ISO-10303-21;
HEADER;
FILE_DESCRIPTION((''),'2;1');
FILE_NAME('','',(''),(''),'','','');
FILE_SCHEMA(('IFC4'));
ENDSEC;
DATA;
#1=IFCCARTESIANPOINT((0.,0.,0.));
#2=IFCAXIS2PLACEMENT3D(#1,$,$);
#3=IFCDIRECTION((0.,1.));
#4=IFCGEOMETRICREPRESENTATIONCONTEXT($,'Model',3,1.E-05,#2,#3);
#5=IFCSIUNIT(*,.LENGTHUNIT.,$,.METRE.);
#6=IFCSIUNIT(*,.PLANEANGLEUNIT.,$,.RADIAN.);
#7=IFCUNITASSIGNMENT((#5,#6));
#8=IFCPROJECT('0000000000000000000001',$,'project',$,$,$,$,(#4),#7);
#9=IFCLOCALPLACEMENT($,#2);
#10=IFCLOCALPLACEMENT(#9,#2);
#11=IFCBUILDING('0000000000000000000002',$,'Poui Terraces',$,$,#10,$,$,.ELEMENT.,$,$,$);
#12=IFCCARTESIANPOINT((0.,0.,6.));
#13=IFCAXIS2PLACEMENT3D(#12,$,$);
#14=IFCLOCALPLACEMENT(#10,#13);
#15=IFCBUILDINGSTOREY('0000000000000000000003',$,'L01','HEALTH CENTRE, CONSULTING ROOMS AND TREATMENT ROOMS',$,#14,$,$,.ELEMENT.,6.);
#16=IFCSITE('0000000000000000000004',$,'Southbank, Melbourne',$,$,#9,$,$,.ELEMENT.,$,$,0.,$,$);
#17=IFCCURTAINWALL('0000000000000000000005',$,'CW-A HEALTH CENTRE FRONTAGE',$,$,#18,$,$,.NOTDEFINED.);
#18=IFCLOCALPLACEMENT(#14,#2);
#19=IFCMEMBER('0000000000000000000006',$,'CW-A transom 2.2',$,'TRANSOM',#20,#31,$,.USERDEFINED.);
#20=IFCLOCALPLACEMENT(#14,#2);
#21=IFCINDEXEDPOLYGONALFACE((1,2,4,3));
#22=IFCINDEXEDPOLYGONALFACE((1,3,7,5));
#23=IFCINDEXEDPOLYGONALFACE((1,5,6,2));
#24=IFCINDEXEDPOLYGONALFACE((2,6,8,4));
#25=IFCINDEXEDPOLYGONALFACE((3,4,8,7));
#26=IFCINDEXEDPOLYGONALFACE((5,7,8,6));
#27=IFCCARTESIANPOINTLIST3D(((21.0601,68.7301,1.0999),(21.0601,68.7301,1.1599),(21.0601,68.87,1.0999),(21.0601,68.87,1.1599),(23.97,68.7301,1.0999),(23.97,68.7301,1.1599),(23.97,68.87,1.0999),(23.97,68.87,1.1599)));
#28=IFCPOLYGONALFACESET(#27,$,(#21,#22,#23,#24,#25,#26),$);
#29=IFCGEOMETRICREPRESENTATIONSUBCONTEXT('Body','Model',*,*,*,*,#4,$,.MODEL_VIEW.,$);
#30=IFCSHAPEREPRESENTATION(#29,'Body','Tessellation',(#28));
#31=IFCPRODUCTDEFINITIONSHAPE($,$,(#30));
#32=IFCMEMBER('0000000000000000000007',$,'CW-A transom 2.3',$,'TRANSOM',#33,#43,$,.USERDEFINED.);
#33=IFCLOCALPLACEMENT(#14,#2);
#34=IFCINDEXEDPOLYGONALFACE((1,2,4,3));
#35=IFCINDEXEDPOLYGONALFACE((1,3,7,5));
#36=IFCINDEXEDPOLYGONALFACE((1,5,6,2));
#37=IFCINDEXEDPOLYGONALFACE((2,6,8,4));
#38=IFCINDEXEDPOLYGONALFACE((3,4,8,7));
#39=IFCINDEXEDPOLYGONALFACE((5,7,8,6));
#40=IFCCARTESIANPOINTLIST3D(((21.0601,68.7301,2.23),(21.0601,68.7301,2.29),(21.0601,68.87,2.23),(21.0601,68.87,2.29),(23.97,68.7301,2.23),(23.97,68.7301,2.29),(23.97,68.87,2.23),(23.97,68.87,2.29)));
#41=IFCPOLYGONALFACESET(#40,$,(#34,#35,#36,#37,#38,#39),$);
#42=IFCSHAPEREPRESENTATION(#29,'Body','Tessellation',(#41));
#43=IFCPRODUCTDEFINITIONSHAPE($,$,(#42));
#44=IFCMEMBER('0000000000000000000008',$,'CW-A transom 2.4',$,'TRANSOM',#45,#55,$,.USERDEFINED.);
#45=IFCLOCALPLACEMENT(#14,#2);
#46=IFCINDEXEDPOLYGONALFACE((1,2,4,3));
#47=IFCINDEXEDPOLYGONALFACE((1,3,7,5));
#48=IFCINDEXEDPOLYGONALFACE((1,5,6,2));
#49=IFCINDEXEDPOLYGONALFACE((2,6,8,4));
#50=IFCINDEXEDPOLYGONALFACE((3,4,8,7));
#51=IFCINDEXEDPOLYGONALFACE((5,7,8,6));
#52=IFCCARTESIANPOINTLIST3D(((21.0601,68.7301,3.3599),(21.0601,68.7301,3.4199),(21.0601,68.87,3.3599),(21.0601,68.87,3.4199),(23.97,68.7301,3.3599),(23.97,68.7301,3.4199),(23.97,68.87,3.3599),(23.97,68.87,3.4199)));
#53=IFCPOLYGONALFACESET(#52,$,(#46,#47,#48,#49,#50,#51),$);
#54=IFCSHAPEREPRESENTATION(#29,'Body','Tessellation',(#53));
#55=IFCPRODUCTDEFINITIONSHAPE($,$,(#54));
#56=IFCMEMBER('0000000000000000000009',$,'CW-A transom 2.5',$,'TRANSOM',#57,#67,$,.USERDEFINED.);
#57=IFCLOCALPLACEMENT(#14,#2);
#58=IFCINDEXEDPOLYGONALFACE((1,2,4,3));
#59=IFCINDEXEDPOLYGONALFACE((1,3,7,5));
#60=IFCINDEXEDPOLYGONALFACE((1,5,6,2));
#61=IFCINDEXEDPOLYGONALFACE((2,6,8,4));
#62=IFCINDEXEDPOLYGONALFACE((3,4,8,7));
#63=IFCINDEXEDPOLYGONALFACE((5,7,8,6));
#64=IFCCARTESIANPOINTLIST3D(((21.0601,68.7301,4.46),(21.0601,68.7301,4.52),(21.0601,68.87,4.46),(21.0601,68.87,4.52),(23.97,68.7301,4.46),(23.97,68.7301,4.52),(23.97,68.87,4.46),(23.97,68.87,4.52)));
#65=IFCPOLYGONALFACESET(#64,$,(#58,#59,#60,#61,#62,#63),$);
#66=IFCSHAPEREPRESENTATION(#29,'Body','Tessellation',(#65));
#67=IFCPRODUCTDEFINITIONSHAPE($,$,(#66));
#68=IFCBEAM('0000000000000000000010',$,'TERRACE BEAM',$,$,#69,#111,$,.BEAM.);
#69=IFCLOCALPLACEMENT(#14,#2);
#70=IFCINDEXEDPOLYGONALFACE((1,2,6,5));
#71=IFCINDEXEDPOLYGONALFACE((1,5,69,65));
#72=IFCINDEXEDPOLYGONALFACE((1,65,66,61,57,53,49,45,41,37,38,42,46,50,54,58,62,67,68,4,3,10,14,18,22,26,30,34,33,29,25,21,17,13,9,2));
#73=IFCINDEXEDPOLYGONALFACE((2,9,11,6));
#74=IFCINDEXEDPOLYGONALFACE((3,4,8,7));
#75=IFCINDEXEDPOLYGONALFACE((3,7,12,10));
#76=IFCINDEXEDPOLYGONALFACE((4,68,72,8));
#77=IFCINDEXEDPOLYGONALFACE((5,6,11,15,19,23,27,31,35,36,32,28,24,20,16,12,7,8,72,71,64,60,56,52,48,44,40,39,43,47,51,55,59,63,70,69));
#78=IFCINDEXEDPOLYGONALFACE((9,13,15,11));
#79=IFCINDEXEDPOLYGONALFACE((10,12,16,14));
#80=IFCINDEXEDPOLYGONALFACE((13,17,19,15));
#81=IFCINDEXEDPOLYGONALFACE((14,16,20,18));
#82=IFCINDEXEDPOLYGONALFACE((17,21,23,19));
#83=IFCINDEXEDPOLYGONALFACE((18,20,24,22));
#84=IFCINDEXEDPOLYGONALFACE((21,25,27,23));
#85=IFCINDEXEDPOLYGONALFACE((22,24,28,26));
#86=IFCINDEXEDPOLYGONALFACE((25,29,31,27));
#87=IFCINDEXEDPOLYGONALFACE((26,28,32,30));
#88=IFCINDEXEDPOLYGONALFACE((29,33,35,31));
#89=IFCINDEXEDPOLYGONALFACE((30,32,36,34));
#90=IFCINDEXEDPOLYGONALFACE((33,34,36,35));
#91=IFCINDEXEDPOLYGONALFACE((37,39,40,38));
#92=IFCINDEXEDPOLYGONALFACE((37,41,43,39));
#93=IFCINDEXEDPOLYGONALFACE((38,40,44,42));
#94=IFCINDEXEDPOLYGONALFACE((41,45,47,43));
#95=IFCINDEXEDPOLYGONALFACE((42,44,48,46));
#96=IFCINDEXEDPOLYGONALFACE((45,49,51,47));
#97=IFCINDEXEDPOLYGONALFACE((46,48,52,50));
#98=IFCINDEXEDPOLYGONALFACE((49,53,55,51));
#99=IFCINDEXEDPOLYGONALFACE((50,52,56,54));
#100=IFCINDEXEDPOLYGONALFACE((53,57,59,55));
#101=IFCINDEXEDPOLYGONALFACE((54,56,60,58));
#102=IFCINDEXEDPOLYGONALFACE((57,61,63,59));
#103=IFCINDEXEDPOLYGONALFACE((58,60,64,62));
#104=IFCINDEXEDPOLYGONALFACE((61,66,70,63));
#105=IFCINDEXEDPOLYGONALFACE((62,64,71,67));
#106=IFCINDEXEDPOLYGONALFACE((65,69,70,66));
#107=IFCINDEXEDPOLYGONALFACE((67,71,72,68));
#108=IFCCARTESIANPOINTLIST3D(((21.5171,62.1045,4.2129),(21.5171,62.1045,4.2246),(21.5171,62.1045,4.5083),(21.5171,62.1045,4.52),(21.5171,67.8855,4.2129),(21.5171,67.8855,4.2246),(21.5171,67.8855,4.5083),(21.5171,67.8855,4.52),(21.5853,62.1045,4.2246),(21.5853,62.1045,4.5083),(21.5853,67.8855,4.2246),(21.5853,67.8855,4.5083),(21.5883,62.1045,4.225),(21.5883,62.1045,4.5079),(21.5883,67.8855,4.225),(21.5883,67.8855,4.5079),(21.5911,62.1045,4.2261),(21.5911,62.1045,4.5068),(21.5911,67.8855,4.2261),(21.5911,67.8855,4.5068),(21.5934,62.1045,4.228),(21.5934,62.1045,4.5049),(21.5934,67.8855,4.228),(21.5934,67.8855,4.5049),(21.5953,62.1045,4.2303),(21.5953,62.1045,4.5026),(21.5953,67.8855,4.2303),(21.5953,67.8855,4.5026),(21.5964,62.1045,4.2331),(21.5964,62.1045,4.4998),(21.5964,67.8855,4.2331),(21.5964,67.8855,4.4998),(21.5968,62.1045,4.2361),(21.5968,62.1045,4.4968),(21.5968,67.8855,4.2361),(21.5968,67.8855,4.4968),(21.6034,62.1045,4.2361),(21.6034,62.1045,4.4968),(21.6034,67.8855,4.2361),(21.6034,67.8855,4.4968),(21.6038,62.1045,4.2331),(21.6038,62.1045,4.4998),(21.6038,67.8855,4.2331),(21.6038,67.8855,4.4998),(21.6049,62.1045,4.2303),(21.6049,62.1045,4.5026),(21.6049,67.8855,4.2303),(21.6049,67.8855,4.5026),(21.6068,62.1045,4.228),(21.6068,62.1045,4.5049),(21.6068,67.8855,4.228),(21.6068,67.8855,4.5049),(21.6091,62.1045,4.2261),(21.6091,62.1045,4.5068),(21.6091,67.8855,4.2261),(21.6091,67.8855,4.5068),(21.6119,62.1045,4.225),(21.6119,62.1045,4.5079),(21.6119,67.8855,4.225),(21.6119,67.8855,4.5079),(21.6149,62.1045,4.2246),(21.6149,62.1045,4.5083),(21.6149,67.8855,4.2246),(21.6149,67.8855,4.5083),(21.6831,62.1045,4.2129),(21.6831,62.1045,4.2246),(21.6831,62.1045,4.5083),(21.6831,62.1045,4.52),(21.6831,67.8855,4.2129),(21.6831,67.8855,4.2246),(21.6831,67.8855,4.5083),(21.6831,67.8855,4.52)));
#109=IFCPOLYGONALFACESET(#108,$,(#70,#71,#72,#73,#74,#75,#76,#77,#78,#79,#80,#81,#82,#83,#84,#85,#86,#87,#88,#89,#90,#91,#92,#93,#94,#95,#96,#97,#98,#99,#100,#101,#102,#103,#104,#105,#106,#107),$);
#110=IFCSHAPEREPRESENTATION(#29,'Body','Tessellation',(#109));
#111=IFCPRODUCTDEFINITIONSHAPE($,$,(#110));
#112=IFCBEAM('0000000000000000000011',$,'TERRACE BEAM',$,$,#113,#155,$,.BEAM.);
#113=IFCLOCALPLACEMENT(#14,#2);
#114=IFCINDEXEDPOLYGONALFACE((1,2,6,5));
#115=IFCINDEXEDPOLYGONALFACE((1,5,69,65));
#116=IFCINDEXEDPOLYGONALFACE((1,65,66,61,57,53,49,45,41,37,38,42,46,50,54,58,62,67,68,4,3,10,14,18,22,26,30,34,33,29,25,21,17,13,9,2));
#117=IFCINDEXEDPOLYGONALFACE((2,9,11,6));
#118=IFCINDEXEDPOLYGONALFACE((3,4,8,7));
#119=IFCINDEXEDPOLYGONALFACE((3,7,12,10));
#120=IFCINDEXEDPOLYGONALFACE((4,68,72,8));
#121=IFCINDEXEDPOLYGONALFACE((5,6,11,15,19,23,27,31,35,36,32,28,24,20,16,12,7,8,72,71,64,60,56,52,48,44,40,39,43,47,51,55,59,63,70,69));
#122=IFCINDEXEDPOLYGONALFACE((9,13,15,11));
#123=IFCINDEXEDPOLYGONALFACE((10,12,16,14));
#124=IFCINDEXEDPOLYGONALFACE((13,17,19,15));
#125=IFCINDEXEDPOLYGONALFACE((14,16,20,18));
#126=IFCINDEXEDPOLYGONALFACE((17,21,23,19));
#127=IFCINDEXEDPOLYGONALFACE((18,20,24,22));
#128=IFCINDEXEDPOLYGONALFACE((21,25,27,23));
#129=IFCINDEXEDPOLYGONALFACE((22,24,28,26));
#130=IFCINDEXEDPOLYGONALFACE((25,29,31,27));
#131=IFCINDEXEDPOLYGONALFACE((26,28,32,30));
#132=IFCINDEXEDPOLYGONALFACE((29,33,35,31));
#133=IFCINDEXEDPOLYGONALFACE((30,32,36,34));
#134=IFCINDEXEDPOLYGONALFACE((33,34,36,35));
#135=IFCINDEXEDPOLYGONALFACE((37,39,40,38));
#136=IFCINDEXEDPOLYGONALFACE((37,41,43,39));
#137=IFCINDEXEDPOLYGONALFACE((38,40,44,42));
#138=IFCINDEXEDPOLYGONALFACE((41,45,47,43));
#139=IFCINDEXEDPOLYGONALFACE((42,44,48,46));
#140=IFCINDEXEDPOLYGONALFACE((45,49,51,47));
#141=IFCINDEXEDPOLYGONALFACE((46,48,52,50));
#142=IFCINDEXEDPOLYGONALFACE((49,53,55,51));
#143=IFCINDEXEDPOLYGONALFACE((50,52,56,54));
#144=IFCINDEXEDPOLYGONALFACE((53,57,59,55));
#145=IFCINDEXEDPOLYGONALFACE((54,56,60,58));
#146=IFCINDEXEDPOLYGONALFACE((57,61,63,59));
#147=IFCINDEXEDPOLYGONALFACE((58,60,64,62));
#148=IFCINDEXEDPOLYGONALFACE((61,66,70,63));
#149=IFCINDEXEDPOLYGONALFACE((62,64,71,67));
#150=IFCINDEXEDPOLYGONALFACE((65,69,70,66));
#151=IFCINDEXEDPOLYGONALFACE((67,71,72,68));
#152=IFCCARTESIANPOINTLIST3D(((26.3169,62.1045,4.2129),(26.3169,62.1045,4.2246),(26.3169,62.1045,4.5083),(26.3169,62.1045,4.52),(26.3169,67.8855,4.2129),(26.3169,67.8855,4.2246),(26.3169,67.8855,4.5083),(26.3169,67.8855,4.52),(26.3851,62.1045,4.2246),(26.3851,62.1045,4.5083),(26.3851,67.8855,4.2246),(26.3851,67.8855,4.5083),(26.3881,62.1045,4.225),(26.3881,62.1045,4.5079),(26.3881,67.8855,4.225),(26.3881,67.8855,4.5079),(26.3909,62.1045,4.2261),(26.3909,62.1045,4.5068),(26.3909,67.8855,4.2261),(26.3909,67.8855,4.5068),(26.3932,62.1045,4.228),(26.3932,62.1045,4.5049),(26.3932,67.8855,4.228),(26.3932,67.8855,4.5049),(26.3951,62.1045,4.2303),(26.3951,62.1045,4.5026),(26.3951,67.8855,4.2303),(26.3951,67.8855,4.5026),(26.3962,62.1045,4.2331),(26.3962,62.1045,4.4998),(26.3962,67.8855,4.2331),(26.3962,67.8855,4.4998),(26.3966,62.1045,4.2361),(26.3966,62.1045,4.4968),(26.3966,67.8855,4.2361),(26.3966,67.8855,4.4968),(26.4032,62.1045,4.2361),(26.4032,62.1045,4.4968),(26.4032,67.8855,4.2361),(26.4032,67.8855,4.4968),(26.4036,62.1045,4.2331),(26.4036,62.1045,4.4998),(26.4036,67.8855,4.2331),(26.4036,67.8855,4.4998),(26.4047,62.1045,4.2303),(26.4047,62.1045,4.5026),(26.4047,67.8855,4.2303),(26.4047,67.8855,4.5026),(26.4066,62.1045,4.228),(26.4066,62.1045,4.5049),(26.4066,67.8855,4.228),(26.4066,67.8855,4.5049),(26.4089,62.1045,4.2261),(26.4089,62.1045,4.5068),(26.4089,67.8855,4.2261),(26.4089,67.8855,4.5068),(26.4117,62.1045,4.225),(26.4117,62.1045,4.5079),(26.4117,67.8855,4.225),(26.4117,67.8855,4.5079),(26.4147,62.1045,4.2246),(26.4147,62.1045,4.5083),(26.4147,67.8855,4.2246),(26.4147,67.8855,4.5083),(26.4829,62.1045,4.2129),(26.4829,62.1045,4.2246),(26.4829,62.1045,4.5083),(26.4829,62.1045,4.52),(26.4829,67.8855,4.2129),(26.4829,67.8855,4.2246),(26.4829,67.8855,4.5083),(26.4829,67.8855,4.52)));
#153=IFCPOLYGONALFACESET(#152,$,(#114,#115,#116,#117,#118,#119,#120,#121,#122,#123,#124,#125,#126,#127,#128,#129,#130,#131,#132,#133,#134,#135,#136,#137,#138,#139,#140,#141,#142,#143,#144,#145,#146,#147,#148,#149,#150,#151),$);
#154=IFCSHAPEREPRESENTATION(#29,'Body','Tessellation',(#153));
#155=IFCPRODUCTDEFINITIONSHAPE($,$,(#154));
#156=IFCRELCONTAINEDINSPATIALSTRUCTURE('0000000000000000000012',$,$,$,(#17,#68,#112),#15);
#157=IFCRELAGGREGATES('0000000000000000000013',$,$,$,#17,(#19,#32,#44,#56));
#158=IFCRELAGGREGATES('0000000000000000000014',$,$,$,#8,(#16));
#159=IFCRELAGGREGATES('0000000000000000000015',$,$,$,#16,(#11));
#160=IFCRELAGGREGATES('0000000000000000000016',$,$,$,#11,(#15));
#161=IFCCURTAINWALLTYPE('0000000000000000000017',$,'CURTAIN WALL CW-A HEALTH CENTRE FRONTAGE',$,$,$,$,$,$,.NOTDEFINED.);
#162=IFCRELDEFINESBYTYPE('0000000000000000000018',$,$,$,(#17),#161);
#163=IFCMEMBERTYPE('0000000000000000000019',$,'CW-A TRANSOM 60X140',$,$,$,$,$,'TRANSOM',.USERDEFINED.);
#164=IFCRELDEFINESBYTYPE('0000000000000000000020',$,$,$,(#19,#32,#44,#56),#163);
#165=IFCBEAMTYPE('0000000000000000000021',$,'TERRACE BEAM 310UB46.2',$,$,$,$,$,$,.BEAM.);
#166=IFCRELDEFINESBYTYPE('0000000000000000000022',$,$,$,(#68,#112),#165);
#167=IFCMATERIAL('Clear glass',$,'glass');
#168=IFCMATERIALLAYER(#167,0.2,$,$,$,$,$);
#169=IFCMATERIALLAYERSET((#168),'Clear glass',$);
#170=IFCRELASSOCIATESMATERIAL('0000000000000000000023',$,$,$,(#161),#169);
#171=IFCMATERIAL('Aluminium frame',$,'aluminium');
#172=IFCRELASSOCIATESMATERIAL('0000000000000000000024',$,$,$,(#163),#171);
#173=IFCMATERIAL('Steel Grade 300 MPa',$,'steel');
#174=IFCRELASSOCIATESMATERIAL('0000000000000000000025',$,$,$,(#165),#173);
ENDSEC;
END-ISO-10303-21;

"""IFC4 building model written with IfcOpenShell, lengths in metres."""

from ifc_helpers import new_model, si_unit, direction, frame, origin, origin_2d, place, context, subcontext, project, spatial, rectangle, i_section, extrude, source, transform, mapped, material, layer, layer_set, material_profile, profile_set, type_object, element, aggregate, save


model = new_model("IFC4")

# Units and contexts
model_context = context("Model", 3, precision=1e-05, world=origin(), true_north=direction((0.0, 1.0)))
body_context = subcontext(model_context, "Body", "Model", "MODEL_VIEW")
ifc_project = project(units=[si_unit("LENGTHUNIT", "METRE"), si_unit("PLANEANGLEUNIT", "RADIAN")], contexts=[model_context])

# Site, building, storey
site_placement = place(None, origin())
site = spatial("IfcSite", under=ifc_project, at=site_placement, Name="Southbank, Melbourne", CompositionType="ELEMENT", RefElevation=0.0)
building_placement = place(site_placement, origin())
building = spatial("IfcBuilding", under=site, at=building_placement, Name="Poui Terraces", CompositionType="ELEMENT")
storey_placement = place(building_placement, frame((0.0, 0.0, 6.0)))
storey = spatial("IfcBuildingStorey", under=building, at=storey_placement, Name="L01", Description="HEALTH CENTRE, CONSULTING ROOMS AND TREATMENT ROOMS", CompositionType="ELEMENT", Elevation=6.0)

# Shared definitions
ifc_material_1 = material(Name="Clear glass", Category="glass")
ifc_layer_1 = layer(ifc_material_1, 0.2)
ifc_layer_set_1 = layer_set([ifc_layer_1], Name="Clear glass")
curtain_wall_type = type_object("IfcCurtainWallType", Name="CURTAIN WALL CW-A HEALTH CENTRE FRONTAGE", PredefinedType="NOTDEFINED", material=ifc_layer_set_1)
ifc_material_2 = material(Name="Aluminium frame", Category="aluminium")

# Curtain wall
curtain_wall_1_placement = place(storey_placement, origin())
curtain_wall_1 = element("IfcCurtainWall", 1, at=curtain_wall_1_placement, inside=storey, type_object=curtain_wall_type, Name="CW-A HEALTH CENTRE FRONTAGE", PredefinedType="NOTDEFINED")

# Members
ifc_material_profile_1 = material_profile(ifc_material_2, rectangle(XDim=0.1399, YDim=0.0601, at=origin_2d()), Name="CW-A TRANSOM 60X140")
ifc_profile_set_1 = profile_set([ifc_material_profile_1], Name="Aluminium frame")
member_type_1 = type_object("IfcMemberType", Name="CW-A TRANSOM 60X140", ElementType="TRANSOM", PredefinedType="USERDEFINED", material=ifc_profile_set_1)
member_1_placement = place(storey_placement, frame((23.97, 68.8, 1.1299), z_axis=(-1.0, 0.0, 0.0), x_axis=(0.0, -1.0, 0.0)))
member_1 = element("IfcMember", 2, at=member_1_placement, type_object=member_type_1, Name="CW-A transom 2.2", ObjectType="TRANSOM", PredefinedType="USERDEFINED", context=body_context, shape_type="SweptSolid", body=[
    extrude(rectangle(XDim=0.1399, YDim=0.0601, at=origin_2d()), origin(), (0.0, 0.0, 1.0), 2.9099),
])
member_2_placement = place(storey_placement, frame((23.97, 68.8, 2.26), z_axis=(-1.0, 0.0, 0.0), x_axis=(0.0, -1.0, 0.0)))
member_2 = element("IfcMember", 3, at=member_2_placement, type_object=member_type_1, Name="CW-A transom 2.3", ObjectType="TRANSOM", PredefinedType="USERDEFINED", context=body_context, shape_type="SweptSolid", body=[
    extrude(rectangle(XDim=0.1399, YDim=0.0601, at=origin_2d()), origin(), (0.0, 0.0, 1.0), 2.9099),
])
member_3_placement = place(storey_placement, frame((23.97, 68.8, 3.3899), z_axis=(-1.0, 0.0, 0.0), x_axis=(0.0, -1.0, 0.0)))
member_3 = element("IfcMember", 4, at=member_3_placement, type_object=member_type_1, Name="CW-A transom 2.4", ObjectType="TRANSOM", PredefinedType="USERDEFINED", context=body_context, shape_type="SweptSolid", body=[
    extrude(rectangle(XDim=0.1399, YDim=0.0601, at=origin_2d()), origin(), (0.0, 0.0, 1.0), 2.9099),
])
member_4_placement = place(storey_placement, frame((23.97, 68.8, 4.49), z_axis=(-1.0, 0.0, 0.0), x_axis=(0.0, -1.0, 0.0)))
member_4 = element("IfcMember", 5, at=member_4_placement, type_object=member_type_1, Name="CW-A transom 2.5", ObjectType="TRANSOM", PredefinedType="USERDEFINED", context=body_context, shape_type="SweptSolid", body=[
    extrude(rectangle(XDim=0.1399, YDim=0.0601, at=origin_2d()), origin(), (0.0, 0.0, 1.0), 2.9099),
])

# Beams
ifc_material_3 = material(Name="Steel Grade 300 MPa", Category="steel")
ifc_material_profile_2 = material_profile(ifc_material_3, i_section(OverallWidth=0.166, OverallDepth=0.3071, WebThickness=0.0066, FlangeThickness=0.0117, FilletRadius=0.0115, at=origin_2d()), Name="310UB46.2")
ifc_profile_set_2 = profile_set([ifc_material_profile_2], Name="Steel Grade 300 MPa")
beam_type_1 = type_object("IfcBeamType", Name="TERRACE BEAM 310UB46.2", PredefinedType="BEAM", material=ifc_profile_set_2)
shared_shape_1 = source(origin(), body_context, "Body", "SweptSolid", [
    extrude(i_section(OverallWidth=0.166, OverallDepth=0.3071, WebThickness=0.0066, FlangeThickness=0.0117, FilletRadius=0.0115, at=origin_2d()), origin(), (0.0, 0.0, 1.0), 5.781),
])
for number, where, z_axis, x_axis, name in (
    (6, (21.6001, 62.1045, 4.3665), (0.0, 1.0, 0.0), (-1.0, 0.0, 0.0), "TERRACE BEAM"),
    (7, (26.3999, 62.1045, 4.3665), (0.0, 1.0, 0.0), (-1.0, 0.0, 0.0), "TERRACE BEAM"),
):
    element("IfcBeam", number, at=place(storey_placement, frame(where, z_axis=z_axis, x_axis=x_axis)), inside=storey, type_object=beam_type_1, Name=name, PredefinedType="BEAM", context=body_context, shape_type="MappedRepresentation", body=[
        mapped(shared_shape_1, transform((0.0, 0.0, 0.0))),
    ])

aggregate(curtain_wall_1, [member_1, member_2, member_3, member_4])

save(model, "model.ifc")
